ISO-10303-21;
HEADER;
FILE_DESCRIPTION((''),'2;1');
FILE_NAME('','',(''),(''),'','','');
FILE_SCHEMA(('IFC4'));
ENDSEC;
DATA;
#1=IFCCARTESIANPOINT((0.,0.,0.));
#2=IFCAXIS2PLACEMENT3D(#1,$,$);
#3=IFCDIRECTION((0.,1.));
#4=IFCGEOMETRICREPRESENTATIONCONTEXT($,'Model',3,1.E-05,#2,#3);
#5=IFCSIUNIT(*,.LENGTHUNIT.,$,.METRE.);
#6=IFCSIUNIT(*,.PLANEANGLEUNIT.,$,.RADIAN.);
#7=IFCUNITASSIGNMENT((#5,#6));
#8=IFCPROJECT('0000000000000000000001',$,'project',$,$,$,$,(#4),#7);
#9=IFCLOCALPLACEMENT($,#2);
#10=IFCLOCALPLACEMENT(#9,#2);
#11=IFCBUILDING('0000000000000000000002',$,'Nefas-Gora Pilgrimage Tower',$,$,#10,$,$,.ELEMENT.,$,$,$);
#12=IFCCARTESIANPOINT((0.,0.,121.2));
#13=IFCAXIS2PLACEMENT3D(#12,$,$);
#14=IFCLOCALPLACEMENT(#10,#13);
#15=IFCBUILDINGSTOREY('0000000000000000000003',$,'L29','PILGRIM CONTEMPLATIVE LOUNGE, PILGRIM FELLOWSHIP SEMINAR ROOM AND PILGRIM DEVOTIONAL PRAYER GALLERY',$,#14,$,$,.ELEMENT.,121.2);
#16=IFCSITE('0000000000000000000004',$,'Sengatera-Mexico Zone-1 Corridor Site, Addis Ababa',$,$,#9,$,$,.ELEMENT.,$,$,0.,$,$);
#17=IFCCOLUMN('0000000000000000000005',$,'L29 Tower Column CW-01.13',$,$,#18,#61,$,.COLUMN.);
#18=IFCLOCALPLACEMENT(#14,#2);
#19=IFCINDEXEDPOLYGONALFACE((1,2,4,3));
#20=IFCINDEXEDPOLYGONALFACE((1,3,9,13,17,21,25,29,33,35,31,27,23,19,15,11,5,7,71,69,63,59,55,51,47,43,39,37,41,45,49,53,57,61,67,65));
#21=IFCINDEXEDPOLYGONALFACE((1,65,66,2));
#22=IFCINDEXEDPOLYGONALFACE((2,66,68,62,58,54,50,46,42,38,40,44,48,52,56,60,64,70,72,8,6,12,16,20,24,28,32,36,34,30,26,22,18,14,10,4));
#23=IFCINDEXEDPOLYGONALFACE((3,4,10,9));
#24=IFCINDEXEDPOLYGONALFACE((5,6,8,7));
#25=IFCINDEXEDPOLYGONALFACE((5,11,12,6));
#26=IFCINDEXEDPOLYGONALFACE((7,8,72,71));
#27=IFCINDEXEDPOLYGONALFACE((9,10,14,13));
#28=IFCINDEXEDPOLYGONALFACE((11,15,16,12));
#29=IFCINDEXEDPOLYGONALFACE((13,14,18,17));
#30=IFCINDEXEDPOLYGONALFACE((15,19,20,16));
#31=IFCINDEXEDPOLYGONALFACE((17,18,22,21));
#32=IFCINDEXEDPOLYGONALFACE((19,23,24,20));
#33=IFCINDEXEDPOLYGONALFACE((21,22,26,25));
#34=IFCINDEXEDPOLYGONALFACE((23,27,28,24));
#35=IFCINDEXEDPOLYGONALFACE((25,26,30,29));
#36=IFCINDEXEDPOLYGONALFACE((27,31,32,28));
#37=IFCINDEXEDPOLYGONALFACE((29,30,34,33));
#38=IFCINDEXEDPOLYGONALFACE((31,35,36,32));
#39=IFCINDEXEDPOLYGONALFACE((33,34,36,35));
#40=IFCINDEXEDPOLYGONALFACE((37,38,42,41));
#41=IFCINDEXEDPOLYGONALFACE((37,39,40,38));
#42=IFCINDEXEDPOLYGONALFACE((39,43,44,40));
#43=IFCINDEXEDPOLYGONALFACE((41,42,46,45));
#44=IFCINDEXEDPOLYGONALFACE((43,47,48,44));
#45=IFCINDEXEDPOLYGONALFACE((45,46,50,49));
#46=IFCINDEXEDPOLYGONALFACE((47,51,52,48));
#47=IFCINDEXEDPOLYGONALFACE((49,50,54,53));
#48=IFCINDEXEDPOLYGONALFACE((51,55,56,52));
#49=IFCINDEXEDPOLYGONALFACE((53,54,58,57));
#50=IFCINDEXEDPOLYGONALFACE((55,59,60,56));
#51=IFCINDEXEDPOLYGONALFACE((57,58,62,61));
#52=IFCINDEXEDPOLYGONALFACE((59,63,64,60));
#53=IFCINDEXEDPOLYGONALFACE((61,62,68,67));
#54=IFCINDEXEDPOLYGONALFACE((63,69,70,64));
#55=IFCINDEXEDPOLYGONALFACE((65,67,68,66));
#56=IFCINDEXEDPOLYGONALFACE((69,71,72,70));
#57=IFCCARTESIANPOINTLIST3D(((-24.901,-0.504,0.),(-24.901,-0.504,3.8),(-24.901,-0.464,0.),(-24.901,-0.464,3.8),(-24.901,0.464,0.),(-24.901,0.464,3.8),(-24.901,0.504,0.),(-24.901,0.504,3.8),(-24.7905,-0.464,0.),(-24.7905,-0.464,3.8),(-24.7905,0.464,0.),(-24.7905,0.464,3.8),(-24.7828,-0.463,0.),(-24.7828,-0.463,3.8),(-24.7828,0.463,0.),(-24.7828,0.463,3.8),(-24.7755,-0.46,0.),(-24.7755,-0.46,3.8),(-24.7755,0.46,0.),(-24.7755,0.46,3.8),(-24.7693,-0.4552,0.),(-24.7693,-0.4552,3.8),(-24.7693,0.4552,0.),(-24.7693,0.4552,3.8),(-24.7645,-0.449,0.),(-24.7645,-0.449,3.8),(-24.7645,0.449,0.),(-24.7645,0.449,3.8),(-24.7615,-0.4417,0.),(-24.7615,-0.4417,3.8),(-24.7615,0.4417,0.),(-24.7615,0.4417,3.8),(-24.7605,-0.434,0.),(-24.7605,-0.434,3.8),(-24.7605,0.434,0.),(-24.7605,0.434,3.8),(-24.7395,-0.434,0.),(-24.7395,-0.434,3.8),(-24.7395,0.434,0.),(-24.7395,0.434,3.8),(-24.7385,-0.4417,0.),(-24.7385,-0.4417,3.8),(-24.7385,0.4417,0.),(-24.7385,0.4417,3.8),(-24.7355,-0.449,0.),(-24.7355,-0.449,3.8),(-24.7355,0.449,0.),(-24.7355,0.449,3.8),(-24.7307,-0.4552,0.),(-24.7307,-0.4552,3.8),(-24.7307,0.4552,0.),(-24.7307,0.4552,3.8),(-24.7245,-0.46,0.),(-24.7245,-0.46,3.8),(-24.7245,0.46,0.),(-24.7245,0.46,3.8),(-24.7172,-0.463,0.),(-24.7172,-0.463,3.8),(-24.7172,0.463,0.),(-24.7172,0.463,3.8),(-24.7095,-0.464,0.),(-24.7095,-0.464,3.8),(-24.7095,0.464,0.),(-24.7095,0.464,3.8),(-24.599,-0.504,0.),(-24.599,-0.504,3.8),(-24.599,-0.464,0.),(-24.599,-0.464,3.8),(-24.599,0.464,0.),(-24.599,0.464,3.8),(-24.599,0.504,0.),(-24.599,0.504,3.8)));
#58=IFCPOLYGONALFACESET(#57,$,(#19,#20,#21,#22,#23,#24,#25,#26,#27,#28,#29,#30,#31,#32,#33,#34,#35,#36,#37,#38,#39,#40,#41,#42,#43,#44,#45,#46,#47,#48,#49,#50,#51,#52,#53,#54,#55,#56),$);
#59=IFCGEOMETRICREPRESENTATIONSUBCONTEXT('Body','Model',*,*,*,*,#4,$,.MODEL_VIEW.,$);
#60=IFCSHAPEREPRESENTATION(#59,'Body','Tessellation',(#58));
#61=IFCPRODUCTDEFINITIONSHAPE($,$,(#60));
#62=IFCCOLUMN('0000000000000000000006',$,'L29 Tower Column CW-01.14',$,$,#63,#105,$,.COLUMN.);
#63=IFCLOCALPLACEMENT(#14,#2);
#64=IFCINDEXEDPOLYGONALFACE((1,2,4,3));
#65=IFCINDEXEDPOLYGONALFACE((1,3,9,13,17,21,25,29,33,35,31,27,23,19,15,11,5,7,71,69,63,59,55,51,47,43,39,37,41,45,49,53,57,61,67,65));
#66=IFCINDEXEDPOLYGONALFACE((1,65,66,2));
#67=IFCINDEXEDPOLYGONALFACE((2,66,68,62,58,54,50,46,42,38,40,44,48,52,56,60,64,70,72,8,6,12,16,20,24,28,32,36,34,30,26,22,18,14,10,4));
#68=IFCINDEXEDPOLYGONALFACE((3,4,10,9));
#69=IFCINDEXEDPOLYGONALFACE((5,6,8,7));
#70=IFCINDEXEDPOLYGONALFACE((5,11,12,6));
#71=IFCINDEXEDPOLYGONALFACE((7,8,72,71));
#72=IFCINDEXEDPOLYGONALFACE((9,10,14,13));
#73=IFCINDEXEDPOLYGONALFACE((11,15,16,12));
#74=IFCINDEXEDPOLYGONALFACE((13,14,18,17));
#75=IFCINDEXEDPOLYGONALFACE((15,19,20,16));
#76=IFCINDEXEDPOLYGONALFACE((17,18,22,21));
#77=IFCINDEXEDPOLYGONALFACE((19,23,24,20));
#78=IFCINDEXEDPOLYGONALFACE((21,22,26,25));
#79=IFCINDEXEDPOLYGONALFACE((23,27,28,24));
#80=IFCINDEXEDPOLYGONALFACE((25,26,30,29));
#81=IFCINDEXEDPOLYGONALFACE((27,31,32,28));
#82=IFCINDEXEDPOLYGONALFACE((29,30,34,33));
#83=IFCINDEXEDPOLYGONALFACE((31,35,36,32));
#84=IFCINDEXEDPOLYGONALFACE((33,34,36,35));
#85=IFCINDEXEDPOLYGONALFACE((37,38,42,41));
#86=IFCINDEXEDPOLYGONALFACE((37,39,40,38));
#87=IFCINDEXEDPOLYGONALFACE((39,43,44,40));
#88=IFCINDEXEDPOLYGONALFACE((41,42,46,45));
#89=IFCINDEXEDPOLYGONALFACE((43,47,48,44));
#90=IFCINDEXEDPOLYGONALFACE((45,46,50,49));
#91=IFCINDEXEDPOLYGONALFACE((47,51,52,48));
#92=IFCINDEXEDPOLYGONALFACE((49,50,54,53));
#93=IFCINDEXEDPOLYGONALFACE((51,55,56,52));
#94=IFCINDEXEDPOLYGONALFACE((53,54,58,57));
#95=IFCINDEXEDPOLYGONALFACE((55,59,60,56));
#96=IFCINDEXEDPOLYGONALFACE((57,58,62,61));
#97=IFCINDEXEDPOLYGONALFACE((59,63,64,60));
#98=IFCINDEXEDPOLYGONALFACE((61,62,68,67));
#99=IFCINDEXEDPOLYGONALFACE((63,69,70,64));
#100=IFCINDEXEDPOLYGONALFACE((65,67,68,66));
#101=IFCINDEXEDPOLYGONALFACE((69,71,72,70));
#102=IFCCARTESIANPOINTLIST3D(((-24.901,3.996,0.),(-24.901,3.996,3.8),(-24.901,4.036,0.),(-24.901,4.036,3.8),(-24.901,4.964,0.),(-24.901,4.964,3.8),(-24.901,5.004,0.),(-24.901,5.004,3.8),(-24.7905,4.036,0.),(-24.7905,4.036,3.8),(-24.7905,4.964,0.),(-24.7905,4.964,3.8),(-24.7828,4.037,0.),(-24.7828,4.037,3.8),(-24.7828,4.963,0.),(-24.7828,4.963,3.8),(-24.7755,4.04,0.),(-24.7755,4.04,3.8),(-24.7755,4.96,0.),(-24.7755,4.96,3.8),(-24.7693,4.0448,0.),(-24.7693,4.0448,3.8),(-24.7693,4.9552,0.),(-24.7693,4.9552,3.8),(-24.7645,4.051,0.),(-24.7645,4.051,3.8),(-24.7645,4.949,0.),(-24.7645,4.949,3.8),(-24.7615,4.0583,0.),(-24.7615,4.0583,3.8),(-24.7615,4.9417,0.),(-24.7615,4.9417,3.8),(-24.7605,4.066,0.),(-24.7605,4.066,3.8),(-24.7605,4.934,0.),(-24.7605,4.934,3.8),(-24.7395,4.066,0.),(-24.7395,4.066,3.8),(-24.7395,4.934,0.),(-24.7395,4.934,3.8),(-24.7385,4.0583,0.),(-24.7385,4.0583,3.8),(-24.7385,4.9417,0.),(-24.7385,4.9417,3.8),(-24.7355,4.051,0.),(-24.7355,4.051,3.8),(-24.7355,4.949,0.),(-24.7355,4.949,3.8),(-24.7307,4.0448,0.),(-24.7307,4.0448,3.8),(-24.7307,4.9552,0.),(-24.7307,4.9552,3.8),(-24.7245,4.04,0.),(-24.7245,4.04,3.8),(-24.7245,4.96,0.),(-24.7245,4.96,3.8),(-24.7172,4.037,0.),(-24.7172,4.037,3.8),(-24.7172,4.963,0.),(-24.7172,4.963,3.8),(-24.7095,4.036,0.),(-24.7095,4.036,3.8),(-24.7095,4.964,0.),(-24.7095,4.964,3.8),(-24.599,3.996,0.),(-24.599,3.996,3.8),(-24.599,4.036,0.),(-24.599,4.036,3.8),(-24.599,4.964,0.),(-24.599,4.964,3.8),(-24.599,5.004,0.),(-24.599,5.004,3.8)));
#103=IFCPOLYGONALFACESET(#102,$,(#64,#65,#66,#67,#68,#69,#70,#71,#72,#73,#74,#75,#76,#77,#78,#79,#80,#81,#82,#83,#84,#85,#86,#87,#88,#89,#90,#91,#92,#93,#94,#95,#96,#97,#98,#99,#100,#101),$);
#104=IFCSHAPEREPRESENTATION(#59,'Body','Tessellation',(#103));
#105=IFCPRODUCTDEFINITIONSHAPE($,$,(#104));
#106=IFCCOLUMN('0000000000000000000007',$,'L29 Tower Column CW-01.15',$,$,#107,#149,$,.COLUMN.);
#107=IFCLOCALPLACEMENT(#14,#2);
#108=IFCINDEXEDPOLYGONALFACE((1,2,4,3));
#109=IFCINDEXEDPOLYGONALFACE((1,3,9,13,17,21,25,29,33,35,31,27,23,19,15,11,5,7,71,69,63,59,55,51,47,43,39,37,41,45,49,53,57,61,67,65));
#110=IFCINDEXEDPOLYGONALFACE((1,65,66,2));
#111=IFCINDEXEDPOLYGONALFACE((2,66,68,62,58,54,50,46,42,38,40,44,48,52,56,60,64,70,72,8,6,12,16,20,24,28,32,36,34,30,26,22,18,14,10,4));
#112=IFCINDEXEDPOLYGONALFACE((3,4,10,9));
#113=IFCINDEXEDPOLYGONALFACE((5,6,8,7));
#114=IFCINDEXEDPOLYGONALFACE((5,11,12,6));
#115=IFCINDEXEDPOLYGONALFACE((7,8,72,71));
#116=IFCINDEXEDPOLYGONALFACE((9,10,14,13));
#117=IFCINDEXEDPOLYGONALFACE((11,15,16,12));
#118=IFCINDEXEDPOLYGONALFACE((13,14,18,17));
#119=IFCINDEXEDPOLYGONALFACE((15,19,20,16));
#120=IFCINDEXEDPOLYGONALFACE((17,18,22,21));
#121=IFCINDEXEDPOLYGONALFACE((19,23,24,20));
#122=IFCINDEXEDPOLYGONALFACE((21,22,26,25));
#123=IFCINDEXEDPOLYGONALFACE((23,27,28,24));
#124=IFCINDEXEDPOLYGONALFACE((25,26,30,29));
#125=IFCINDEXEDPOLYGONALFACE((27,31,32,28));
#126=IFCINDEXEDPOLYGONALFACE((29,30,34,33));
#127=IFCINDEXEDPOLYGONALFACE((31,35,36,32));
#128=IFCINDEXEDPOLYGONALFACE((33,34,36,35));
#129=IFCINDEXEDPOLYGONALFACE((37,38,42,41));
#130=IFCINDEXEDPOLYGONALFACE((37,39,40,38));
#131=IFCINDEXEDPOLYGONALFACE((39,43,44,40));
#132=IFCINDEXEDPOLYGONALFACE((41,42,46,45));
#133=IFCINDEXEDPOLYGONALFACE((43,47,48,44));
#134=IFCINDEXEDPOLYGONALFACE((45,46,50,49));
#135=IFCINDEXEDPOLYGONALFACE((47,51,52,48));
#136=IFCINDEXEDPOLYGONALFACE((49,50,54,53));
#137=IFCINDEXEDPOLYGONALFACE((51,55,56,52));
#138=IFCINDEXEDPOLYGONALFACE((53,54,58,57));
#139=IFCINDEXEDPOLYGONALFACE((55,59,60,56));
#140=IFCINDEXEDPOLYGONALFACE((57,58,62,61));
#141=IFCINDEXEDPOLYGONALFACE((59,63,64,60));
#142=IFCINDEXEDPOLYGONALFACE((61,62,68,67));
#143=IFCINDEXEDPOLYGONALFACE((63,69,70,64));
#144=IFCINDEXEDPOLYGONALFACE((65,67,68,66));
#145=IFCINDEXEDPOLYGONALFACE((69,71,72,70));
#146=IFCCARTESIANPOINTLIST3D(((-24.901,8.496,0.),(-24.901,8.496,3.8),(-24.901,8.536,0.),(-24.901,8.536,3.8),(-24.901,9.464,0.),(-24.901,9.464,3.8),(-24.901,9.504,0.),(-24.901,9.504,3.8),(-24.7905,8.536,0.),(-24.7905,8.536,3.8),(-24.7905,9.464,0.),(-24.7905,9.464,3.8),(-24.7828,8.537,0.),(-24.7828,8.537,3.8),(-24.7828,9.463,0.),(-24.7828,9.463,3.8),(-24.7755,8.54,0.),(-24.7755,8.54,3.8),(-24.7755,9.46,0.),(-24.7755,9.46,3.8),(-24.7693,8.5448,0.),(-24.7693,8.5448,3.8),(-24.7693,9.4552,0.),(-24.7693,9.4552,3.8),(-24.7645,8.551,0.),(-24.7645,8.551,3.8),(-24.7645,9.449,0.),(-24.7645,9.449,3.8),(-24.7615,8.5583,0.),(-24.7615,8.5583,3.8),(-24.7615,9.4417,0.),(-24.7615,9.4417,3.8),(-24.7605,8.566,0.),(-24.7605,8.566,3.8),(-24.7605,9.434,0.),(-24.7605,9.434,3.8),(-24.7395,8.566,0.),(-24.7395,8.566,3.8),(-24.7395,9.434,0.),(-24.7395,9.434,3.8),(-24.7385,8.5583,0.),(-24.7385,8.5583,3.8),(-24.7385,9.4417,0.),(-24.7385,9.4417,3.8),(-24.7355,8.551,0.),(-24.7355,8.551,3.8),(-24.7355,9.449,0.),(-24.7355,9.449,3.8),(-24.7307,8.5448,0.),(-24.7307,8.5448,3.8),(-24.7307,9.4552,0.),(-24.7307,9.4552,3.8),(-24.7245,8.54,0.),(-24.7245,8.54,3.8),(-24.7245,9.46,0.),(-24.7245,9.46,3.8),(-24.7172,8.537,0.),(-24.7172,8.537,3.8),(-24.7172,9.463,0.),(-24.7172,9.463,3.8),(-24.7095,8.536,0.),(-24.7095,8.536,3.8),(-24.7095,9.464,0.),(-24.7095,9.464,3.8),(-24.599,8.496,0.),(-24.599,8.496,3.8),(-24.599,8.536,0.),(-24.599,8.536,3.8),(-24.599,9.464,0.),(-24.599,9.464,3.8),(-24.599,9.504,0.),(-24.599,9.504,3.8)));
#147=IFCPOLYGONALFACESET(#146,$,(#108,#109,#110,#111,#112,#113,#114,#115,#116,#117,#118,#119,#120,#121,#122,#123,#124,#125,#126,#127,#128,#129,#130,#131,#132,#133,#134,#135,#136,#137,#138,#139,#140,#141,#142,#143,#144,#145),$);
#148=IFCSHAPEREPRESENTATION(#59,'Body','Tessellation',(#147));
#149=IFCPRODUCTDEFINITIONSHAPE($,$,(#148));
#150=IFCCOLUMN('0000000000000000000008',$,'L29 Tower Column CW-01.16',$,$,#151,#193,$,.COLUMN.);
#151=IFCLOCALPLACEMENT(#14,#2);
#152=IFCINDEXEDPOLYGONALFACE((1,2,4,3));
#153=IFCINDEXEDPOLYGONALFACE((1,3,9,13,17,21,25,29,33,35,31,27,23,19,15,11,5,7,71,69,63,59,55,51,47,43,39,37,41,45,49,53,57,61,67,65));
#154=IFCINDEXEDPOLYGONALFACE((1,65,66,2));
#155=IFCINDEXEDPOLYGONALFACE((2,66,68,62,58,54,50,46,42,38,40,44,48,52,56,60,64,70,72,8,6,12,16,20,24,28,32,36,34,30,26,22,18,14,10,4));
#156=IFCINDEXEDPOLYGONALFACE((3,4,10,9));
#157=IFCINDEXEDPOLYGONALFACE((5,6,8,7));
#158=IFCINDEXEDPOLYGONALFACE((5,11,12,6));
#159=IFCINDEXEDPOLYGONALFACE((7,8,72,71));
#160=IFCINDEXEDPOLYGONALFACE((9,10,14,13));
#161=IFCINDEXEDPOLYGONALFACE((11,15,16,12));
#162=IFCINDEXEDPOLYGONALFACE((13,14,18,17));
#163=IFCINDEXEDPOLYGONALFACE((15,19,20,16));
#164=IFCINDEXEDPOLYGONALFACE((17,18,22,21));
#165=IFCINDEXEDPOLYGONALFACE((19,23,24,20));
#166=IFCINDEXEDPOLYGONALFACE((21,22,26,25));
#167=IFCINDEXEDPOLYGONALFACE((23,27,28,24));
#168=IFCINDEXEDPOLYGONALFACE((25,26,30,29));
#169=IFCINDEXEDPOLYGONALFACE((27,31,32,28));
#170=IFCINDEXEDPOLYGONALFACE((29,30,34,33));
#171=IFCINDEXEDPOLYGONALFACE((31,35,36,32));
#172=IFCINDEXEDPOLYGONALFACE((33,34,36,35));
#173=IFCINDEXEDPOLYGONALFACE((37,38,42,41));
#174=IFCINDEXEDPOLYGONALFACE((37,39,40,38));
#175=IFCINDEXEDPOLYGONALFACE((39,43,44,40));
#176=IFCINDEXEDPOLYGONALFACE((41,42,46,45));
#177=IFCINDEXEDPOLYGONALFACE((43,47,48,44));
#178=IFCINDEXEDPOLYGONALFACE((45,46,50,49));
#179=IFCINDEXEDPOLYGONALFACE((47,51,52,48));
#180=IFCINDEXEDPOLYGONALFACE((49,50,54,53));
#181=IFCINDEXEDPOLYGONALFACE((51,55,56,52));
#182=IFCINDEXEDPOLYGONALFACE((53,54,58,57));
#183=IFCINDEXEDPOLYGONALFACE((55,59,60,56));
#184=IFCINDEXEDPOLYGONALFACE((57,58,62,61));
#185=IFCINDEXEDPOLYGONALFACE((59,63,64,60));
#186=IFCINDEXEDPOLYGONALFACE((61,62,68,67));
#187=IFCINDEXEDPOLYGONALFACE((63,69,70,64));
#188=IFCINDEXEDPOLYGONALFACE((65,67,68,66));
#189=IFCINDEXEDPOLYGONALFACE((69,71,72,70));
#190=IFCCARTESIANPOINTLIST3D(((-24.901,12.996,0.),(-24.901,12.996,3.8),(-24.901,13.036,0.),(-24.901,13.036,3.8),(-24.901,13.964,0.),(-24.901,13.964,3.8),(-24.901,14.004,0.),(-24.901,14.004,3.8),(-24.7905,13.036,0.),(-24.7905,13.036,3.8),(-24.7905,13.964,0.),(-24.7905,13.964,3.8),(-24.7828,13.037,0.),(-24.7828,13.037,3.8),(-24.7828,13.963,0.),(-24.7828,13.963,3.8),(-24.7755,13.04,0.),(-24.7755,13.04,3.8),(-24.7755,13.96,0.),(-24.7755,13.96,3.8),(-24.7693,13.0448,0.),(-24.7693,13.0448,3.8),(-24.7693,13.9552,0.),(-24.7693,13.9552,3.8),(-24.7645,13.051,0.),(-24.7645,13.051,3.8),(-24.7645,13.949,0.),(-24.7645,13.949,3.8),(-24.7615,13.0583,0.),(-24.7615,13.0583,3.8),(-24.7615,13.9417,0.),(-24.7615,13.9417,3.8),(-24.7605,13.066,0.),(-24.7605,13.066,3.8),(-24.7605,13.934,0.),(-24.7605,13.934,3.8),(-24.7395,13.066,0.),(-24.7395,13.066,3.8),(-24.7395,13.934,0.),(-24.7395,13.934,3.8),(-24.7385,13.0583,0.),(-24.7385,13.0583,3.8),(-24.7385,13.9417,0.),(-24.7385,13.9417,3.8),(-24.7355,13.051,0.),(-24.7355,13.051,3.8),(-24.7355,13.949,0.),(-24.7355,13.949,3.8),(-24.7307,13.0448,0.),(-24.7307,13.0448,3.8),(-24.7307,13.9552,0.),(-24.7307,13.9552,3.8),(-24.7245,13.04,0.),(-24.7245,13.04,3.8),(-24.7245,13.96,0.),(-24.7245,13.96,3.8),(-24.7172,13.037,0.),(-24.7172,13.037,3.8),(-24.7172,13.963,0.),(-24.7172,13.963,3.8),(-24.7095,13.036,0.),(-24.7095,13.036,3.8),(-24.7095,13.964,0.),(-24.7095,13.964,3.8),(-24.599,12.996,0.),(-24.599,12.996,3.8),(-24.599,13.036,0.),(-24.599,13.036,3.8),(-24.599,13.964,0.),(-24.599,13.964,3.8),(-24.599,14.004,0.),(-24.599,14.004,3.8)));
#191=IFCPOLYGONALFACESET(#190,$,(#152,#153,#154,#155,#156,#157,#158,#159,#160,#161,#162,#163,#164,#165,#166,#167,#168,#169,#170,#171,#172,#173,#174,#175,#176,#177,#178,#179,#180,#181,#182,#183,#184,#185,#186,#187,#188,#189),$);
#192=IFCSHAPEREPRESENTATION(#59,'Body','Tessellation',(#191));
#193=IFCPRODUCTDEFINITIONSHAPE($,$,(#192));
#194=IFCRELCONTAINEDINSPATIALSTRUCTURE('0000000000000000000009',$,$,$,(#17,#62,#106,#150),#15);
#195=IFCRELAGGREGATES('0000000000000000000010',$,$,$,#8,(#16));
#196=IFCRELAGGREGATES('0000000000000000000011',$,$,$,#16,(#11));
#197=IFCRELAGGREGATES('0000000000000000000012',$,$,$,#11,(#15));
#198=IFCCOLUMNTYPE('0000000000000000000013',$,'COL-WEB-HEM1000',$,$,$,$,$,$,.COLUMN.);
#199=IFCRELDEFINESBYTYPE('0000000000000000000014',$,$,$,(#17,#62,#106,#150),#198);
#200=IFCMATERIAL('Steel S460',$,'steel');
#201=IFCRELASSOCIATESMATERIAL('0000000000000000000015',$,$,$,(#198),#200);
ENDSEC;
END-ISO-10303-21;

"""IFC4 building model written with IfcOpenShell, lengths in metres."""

from ifc_helpers import new_model, si_unit, direction, frame, origin, origin_2d, place, context, subcontext, project, spatial, i_section, extrude, source, transform, mapped, material, material_profile, profile_set, type_object, element, save


model = new_model("IFC4")

# Units and contexts
model_context = context("Model", 3, precision=1e-05, world=origin(), true_north=direction((0.0, 1.0)))
body_context = subcontext(model_context, "Body", "Model", "MODEL_VIEW")
ifc_project = project(units=[si_unit("LENGTHUNIT", "METRE"), si_unit("PLANEANGLEUNIT", "RADIAN")], contexts=[model_context])

# Site, building, storey
site_placement = place(None, origin())
site = spatial("IfcSite", under=ifc_project, at=site_placement, Name="Sengatera-Mexico Zone-1 Corridor Site, Addis Ababa", CompositionType="ELEMENT", RefElevation=0.0)
building_placement = place(site_placement, origin())
building = spatial("IfcBuilding", under=site, at=building_placement, Name="Nefas-Gora Pilgrimage Tower", CompositionType="ELEMENT")
storey_placement = place(building_placement, frame((0.0, 0.0, 121.2)))
storey = spatial("IfcBuildingStorey", under=building, at=storey_placement, Name="L29", Description="PILGRIM CONTEMPLATIVE LOUNGE, PILGRIM FELLOWSHIP SEMINAR ROOM AND PILGRIM DEVOTIONAL PRAYER GALLERY", CompositionType="ELEMENT", Elevation=121.2)

# Columns
ifc_material_1 = material(Name="Steel S460", Category="steel")
ifc_material_profile_1 = material_profile(ifc_material_1, i_section(OverallWidth=0.302, OverallDepth=1.0081, WebThickness=0.021, FlangeThickness=0.04, FilletRadius=0.03, at=origin_2d()), Name="HEM 1000")
ifc_profile_set_1 = profile_set([ifc_material_profile_1], Name="Steel S460")
column_type_1 = type_object("IfcColumnType", Name="COL-WEB-HEM1000", PredefinedType="COLUMN", material=ifc_profile_set_1)
shared_shape_1 = source(origin(), body_context, "Body", "SweptSolid", [
    extrude(i_section(OverallWidth=0.302, OverallDepth=1.0081, WebThickness=0.021, FlangeThickness=0.04, FilletRadius=0.03, at=origin_2d()), origin(), (0.0, 0.0, 1.0), 3.8),
])
for number, where, z_axis, x_axis, name in (
    (1, (-24.75, 0.0, 0.0), (0.0, 0.0, 1.0), (1.0, 0.0, 0.0), "L29 Tower Column CW-01.13"),
    (2, (-24.75, 4.5, 0.0), (0.0, 0.0, 1.0), (1.0, 0.0, 0.0), "L29 Tower Column CW-01.14"),
    (3, (-24.75, 9.0, 0.0), (0.0, 0.0, 1.0), (1.0, 0.0, 0.0), "L29 Tower Column CW-01.15"),
    (4, (-24.75, 13.5, 0.0), (0.0, 0.0, 1.0), (1.0, 0.0, 0.0), "L29 Tower Column CW-01.16"),
):
    element("IfcColumn", number, at=place(storey_placement, frame(where, z_axis=z_axis, x_axis=x_axis)), inside=storey, type_object=column_type_1, Name=name, PredefinedType="COLUMN", context=body_context, shape_type="MappedRepresentation", body=[
        mapped(shared_shape_1, transform((0.0, 0.0, 0.0), x_axis=(1.0, 0.0, 0.0), y_axis=(0.0, 1.0, 0.0), z_axis=(0.0, 0.0, 1.0), scale=1.0)),
    ])

save(model, "model.ifc")
